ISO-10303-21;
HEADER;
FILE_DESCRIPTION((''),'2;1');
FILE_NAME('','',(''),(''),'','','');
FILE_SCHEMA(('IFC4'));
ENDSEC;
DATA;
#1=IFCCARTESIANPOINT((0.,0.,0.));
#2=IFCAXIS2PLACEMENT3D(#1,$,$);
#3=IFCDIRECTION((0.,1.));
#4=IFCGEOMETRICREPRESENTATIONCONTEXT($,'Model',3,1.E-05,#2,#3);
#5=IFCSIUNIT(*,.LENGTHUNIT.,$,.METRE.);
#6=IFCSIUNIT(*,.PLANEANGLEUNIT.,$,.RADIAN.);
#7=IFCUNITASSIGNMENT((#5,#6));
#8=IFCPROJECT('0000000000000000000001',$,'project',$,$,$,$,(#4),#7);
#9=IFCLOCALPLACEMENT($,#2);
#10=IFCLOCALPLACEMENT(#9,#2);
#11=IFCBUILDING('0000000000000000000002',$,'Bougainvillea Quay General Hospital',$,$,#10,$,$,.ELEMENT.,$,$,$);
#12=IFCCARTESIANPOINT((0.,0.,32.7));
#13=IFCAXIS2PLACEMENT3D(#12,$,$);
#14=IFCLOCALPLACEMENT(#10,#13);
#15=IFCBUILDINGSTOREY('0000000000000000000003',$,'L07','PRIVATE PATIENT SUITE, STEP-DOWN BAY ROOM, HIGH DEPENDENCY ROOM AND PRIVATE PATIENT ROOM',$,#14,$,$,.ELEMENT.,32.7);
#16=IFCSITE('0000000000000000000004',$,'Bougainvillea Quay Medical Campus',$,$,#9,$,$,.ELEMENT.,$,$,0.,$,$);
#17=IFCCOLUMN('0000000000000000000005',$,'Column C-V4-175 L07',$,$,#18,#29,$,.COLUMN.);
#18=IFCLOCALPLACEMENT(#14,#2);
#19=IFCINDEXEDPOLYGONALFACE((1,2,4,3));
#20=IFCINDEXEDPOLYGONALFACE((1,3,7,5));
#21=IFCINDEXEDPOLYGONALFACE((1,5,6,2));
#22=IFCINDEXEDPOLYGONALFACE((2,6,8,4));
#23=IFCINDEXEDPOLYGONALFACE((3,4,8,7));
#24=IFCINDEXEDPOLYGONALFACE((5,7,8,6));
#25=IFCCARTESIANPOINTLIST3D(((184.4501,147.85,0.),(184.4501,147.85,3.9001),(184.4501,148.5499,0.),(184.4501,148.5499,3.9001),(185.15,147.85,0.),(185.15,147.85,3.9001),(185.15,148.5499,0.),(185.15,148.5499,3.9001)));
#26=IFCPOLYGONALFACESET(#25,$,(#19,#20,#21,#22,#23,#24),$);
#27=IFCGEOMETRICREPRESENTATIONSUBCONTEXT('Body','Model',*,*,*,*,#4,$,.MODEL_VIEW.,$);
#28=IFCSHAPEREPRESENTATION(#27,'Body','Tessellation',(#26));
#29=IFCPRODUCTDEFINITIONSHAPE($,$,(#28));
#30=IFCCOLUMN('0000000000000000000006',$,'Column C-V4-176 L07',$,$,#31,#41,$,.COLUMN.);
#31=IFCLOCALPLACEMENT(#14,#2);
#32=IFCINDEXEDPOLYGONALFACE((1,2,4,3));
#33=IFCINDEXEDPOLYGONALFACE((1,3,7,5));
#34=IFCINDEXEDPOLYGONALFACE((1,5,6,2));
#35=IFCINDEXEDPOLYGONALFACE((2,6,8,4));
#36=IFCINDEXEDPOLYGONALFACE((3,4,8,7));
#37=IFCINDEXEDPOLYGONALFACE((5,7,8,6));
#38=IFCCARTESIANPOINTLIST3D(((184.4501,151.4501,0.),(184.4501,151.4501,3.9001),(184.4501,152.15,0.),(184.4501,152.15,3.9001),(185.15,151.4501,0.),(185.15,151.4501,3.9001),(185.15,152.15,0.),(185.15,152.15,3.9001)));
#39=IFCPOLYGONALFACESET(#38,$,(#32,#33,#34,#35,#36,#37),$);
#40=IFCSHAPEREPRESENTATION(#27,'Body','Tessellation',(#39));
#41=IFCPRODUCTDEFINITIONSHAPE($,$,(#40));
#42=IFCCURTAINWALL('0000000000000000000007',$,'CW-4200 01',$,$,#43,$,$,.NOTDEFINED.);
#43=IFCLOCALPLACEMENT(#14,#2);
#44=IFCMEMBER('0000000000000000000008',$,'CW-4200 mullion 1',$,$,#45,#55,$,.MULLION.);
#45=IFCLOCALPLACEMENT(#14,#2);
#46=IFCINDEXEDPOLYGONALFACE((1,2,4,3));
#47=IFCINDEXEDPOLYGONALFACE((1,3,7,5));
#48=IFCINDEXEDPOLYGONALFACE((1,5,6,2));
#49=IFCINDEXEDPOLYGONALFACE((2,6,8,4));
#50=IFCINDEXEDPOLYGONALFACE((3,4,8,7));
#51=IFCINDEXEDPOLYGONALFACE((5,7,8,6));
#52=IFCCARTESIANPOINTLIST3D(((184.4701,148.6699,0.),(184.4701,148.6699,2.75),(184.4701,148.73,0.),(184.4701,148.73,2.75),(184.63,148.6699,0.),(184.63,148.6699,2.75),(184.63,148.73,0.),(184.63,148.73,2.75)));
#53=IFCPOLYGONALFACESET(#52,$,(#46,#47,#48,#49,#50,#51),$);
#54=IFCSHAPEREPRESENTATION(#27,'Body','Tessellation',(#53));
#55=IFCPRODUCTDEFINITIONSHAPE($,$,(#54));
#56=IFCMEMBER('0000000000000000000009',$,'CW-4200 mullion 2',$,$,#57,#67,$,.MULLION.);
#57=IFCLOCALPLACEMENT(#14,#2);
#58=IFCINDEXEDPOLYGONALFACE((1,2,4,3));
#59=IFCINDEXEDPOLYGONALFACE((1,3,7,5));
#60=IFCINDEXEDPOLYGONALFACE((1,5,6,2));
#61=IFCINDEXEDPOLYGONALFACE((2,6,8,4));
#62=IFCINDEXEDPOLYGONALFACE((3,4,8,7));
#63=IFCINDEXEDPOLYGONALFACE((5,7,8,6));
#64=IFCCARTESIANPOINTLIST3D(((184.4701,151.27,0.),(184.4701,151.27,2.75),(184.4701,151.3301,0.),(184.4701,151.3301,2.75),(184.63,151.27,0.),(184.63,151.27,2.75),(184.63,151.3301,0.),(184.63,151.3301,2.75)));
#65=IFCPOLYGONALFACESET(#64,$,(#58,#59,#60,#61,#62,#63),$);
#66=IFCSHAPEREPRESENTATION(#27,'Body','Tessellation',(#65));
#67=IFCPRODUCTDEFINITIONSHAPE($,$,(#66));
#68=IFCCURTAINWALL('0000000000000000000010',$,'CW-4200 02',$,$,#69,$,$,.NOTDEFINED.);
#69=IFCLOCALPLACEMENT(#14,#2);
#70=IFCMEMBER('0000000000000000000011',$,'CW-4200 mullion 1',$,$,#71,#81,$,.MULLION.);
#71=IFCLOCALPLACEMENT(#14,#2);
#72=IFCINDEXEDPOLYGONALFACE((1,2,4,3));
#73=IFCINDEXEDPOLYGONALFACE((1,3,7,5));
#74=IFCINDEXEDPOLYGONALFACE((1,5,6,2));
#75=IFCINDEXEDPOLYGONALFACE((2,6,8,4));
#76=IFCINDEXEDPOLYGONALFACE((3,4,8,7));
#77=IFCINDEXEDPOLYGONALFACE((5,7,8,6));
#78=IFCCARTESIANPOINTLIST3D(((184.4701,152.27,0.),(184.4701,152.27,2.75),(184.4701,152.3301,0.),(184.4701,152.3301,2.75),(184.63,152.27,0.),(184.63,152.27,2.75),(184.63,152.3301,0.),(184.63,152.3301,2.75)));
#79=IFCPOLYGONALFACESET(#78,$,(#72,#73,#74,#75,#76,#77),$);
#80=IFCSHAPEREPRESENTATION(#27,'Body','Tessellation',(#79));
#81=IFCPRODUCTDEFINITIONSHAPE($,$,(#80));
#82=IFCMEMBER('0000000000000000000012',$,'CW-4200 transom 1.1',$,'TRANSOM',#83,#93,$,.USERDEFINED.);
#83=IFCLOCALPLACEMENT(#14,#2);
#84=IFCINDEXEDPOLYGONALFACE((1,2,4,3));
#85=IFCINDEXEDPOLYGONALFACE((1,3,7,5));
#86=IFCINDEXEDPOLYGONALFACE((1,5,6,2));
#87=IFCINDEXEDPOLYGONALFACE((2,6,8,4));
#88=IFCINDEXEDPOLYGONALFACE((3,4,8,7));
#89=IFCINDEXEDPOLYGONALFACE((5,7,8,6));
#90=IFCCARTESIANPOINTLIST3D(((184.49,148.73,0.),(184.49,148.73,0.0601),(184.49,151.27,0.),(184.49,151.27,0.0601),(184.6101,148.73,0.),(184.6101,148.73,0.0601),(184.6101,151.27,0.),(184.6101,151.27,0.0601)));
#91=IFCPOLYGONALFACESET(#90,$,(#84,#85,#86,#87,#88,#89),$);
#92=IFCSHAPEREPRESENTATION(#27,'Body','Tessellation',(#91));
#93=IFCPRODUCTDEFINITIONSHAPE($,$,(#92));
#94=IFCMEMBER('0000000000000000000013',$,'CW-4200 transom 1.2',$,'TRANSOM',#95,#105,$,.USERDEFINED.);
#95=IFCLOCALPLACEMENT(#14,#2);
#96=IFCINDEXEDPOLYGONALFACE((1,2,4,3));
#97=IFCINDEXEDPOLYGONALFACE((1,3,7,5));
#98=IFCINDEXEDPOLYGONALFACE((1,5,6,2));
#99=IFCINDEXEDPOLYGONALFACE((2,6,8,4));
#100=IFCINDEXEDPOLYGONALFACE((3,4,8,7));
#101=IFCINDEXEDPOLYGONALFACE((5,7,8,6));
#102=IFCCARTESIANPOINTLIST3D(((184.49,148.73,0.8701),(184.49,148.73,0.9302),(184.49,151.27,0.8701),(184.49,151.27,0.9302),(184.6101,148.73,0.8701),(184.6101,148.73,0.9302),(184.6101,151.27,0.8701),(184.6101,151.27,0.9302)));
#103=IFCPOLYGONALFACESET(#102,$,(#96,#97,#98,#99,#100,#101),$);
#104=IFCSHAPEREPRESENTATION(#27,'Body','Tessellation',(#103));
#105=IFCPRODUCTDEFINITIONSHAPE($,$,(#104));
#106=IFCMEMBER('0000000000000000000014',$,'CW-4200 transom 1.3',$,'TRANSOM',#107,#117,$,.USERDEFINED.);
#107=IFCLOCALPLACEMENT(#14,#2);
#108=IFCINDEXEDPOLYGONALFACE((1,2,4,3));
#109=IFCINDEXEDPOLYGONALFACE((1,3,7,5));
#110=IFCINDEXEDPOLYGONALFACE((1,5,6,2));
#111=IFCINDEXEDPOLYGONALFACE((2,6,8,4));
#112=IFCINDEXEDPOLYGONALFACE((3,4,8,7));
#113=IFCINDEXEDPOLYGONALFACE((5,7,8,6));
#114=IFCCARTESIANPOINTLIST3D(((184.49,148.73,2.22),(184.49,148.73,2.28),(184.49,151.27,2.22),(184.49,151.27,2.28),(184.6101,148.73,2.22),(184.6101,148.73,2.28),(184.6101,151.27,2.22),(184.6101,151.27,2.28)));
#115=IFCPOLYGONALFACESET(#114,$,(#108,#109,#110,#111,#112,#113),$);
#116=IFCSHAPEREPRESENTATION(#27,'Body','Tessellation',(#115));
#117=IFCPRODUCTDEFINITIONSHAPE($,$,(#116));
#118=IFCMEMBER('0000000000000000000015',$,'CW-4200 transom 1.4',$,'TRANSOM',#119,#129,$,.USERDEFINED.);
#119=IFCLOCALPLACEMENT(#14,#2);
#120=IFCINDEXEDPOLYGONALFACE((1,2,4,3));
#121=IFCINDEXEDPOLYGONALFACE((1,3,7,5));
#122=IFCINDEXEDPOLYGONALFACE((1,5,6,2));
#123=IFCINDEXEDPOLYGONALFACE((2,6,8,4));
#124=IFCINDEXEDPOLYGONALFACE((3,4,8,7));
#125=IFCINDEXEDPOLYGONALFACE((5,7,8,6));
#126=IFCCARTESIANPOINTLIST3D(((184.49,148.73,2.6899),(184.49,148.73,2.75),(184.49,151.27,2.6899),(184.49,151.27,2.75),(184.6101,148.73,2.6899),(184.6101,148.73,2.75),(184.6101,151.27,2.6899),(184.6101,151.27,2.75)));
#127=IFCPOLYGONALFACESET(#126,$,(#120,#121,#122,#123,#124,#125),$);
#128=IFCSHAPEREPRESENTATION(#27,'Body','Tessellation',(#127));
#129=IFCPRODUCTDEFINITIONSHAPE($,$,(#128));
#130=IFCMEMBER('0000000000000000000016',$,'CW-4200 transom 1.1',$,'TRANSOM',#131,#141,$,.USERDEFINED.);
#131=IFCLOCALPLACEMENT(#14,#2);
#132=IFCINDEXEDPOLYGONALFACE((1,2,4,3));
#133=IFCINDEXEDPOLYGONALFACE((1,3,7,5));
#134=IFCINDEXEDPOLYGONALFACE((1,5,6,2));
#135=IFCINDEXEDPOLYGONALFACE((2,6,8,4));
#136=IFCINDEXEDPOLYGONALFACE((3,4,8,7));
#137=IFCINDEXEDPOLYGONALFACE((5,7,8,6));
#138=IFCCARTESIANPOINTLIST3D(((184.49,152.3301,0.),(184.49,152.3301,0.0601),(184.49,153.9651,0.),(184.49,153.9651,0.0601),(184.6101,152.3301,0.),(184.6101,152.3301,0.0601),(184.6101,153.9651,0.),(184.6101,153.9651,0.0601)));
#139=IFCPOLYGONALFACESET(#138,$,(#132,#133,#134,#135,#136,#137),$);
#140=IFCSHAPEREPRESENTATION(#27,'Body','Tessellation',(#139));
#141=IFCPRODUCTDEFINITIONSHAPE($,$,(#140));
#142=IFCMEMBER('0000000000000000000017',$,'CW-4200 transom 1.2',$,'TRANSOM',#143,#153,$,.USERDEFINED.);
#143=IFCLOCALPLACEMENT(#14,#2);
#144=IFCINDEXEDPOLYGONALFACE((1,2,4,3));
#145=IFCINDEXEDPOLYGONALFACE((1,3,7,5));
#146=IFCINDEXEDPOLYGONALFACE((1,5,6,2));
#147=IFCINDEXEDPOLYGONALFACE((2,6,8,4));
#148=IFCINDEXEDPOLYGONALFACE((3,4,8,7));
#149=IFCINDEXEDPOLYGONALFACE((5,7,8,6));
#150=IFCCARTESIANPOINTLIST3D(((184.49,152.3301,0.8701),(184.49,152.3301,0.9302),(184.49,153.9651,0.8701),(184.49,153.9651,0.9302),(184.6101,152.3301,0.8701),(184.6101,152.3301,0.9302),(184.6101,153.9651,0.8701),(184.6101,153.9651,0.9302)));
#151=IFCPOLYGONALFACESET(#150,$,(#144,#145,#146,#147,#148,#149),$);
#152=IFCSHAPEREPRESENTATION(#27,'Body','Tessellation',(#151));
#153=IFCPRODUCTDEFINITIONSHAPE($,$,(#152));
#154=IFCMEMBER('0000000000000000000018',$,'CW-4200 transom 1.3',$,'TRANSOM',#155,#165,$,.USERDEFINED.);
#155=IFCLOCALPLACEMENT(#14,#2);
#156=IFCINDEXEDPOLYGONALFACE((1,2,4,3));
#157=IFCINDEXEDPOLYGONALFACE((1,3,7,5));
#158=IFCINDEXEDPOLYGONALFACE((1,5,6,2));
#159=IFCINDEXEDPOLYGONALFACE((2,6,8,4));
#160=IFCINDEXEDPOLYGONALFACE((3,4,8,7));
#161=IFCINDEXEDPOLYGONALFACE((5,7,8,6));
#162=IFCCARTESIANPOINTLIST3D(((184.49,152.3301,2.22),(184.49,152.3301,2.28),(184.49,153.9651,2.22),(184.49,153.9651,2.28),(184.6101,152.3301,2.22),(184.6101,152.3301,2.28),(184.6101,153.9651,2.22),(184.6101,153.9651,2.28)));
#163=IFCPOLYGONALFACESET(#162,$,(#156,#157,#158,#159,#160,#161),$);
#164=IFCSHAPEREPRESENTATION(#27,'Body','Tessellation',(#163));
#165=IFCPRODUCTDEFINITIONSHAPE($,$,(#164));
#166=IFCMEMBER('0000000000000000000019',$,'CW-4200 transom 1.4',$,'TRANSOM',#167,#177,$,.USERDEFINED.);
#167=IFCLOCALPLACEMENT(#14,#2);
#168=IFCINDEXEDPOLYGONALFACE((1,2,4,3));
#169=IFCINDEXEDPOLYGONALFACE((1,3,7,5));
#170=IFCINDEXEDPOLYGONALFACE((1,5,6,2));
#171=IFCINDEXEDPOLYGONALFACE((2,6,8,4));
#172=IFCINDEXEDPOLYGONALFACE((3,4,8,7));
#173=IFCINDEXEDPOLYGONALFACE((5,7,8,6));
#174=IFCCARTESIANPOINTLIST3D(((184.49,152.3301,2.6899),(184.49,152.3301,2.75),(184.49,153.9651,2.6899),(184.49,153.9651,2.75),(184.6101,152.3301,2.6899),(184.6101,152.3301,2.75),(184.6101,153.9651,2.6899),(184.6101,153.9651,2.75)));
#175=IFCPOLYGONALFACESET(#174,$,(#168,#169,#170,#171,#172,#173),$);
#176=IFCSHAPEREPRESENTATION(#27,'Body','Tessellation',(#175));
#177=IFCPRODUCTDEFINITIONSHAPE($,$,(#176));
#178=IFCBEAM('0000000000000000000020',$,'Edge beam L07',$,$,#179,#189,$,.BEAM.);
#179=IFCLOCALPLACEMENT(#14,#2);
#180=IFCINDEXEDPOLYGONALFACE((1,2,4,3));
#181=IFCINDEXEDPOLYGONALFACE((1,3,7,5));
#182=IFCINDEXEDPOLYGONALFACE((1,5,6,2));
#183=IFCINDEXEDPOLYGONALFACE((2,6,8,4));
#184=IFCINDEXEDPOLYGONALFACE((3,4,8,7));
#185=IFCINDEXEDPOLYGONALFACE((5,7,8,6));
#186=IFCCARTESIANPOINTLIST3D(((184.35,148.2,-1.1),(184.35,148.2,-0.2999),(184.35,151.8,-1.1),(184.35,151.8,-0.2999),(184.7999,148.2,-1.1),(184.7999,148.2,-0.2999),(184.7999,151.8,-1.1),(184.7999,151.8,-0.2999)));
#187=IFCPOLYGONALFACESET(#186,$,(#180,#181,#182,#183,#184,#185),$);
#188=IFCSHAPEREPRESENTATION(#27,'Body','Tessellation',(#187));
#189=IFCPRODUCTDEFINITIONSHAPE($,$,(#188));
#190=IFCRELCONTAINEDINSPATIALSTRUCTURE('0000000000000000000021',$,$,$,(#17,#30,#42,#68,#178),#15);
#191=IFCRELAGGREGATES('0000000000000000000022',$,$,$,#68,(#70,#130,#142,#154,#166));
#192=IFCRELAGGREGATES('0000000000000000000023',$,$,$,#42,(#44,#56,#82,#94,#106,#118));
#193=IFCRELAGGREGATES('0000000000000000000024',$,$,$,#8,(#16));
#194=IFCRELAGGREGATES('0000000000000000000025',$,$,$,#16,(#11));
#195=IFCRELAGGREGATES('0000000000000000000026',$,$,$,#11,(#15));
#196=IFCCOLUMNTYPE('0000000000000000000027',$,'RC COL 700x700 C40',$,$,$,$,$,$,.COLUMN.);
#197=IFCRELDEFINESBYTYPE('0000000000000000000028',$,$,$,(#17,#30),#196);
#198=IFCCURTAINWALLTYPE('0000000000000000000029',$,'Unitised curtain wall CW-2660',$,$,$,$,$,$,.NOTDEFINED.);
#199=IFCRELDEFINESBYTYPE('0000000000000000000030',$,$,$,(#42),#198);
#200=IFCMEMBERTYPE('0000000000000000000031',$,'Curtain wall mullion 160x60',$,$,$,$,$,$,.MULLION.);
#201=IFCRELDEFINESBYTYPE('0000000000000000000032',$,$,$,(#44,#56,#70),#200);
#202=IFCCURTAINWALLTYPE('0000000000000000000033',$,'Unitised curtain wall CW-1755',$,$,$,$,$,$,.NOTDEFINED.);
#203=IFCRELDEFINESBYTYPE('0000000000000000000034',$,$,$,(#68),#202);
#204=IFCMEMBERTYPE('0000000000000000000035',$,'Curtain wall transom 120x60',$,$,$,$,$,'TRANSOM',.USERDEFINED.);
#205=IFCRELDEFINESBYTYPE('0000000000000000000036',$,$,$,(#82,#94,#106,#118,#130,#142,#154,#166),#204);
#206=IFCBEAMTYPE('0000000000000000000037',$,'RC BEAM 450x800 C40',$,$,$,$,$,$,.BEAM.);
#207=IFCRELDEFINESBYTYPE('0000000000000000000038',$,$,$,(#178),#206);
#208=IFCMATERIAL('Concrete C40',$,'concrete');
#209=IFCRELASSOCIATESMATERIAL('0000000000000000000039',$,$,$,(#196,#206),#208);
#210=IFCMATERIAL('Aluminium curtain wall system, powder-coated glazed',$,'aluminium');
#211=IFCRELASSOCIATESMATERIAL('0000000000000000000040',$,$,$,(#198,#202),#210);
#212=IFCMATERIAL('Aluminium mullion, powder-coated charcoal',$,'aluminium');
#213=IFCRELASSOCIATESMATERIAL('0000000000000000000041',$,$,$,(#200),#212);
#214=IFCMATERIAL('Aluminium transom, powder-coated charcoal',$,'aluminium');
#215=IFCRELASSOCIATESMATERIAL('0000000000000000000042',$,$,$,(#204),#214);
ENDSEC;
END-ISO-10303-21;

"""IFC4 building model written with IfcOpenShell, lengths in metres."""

from ifc_helpers import new_model, si_unit, direction, frame, origin, origin_2d, place, context, subcontext, project, spatial, rectangle, extrude, material, material_profile, profile_set, type_object, element, aggregate, save


model = new_model("IFC4")

# Units and contexts
model_context = context("Model", 3, precision=1e-05, world=origin(), true_north=direction((0.0, 1.0)))
body_context = subcontext(model_context, "Body", "Model", "MODEL_VIEW")
ifc_project = project(units=[si_unit("LENGTHUNIT", "METRE"), si_unit("PLANEANGLEUNIT", "RADIAN")], contexts=[model_context])

# Site, building, storey
site_placement = place(None, origin())
site = spatial("IfcSite", under=ifc_project, at=site_placement, Name="Bougainvillea Quay Medical Campus", CompositionType="ELEMENT", RefElevation=0.0)
building_placement = place(site_placement, origin())
building = spatial("IfcBuilding", under=site, at=building_placement, Name="Bougainvillea Quay General Hospital", CompositionType="ELEMENT")
storey_placement = place(building_placement, frame((0.0, 0.0, 32.7)))
storey = spatial("IfcBuildingStorey", under=building, at=storey_placement, Name="L07", Description="PRIVATE PATIENT SUITE, STEP-DOWN BAY ROOM, HIGH DEPENDENCY ROOM AND PRIVATE PATIENT ROOM", CompositionType="ELEMENT", Elevation=32.7)

# Columns
ifc_material_1 = material(Name="Concrete C40", Category="concrete")
ifc_material_profile_1 = material_profile(ifc_material_1, rectangle(XDim=0.7, YDim=0.7, at=origin_2d()))
ifc_profile_set_1 = profile_set([ifc_material_profile_1], Name="Concrete C40")
column_type = type_object("IfcColumnType", Name="RC COL 700x700 C40", PredefinedType="COLUMN", material=ifc_profile_set_1)
for number, where, z_axis, x_axis, name in (
    (1, (184.8, 148.2, 0.0), (0.0, 0.0, 1.0), (1.0, 0.0, 0.0), "Column C-V4-175 L07"),
    (2, (184.8, 151.8, 0.0), (0.0, 0.0, 1.0), (1.0, 0.0, 0.0), "Column C-V4-176 L07"),
):
    element("IfcColumn", number, at=place(storey_placement, frame(where, z_axis=z_axis, x_axis=x_axis)), inside=storey, type_object=column_type, Name=name, PredefinedType="COLUMN", context=body_context, shape_type="SweptSolid", body=[
        extrude(rectangle(XDim=0.7, YDim=0.7, at=origin_2d()), origin(), (0.0, 0.0, 1.0), 3.9001),
    ])

# Curtain wall, members
ifc_material_2 = material(Name="Aluminium curtain wall system, powder-coated glazed", Category="aluminium")
curtain_wall_type_1 = type_object("IfcCurtainWallType", Name="Unitised curtain wall CW-2660", PredefinedType="NOTDEFINED", material=ifc_material_2)
curtain_wall_1_placement = place(storey_placement, origin())
curtain_wall_1 = element("IfcCurtainWall", 3, at=curtain_wall_1_placement, inside=storey, type_object=curtain_wall_type_1, Name="CW-4200 01", PredefinedType="NOTDEFINED")
ifc_material_3 = material(Name="Aluminium mullion, powder-coated charcoal", Category="aluminium")
ifc_material_profile_2 = material_profile(ifc_material_3, rectangle(XDim=0.1599, YDim=0.0601, at=origin_2d()))
ifc_profile_set_2 = profile_set([ifc_material_profile_2], Name="Aluminium mullion, powder-coated charcoal")
member_type_1 = type_object("IfcMemberType", Name="Curtain wall mullion 160x60", PredefinedType="MULLION", material=ifc_profile_set_2)
member_1_placement = place(storey_placement, frame((184.55, 148.7, 0.0), z_axis=(0.0, 0.0, 1.0), x_axis=(-1.0, 0.0, 0.0)))
member_1 = element("IfcMember", 4, at=member_1_placement, type_object=member_type_1, Name="CW-4200 mullion 1", PredefinedType="MULLION", context=body_context, shape_type="SweptSolid", body=[
    extrude(rectangle(XDim=0.1599, YDim=0.0601, at=origin_2d()), origin(), (0.0, 0.0, 1.0), 2.75),
])
member_2_placement = place(storey_placement, frame((184.55, 151.3, 0.0), z_axis=(0.0, 0.0, 1.0), x_axis=(-1.0, 0.0, 0.0)))
member_2 = element("IfcMember", 5, at=member_2_placement, type_object=member_type_1, Name="CW-4200 mullion 2", PredefinedType="MULLION", context=body_context, shape_type="SweptSolid", body=[
    extrude(rectangle(XDim=0.1599, YDim=0.0601, at=origin_2d()), origin(), (0.0, 0.0, 1.0), 2.75),
])

# Curtain wall, member
curtain_wall_type_2 = type_object("IfcCurtainWallType", Name="Unitised curtain wall CW-1755", PredefinedType="NOTDEFINED", material=ifc_material_2)
curtain_wall_2_placement = place(storey_placement, origin())
curtain_wall_2 = element("IfcCurtainWall", 6, at=curtain_wall_2_placement, inside=storey, type_object=curtain_wall_type_2, Name="CW-4200 02", PredefinedType="NOTDEFINED")
member_3_placement = place(storey_placement, frame((184.55, 152.3, 0.0), z_axis=(0.0, 0.0, 1.0), x_axis=(-1.0, 0.0, 0.0)))
member_3 = element("IfcMember", 7, at=member_3_placement, type_object=member_type_1, Name="CW-4200 mullion 1", PredefinedType="MULLION", context=body_context, shape_type="SweptSolid", body=[
    extrude(rectangle(XDim=0.1599, YDim=0.0601, at=origin_2d()), origin(), (0.0, 0.0, 1.0), 2.75),
])

# Members
ifc_material_4 = material(Name="Aluminium transom, powder-coated charcoal", Category="aluminium")
ifc_material_profile_3 = material_profile(ifc_material_4, rectangle(XDim=0.1201, YDim=0.0601, at=origin_2d()))
ifc_profile_set_3 = profile_set([ifc_material_profile_3], Name="Aluminium transom, powder-coated charcoal")
member_type_2 = type_object("IfcMemberType", Name="Curtain wall transom 120x60", ElementType="TRANSOM", PredefinedType="USERDEFINED", material=ifc_profile_set_3)
member_4_placement = place(storey_placement, frame((184.55, 148.73, 0.03), z_axis=(0.0, 1.0, 0.0), x_axis=(-1.0, 0.0, 0.0)))
member_4 = element("IfcMember", 8, at=member_4_placement, type_object=member_type_2, Name="CW-4200 transom 1.1", ObjectType="TRANSOM", PredefinedType="USERDEFINED", context=body_context, shape_type="SweptSolid", body=[
    extrude(rectangle(XDim=0.1201, YDim=0.0601, at=origin_2d()), origin(), (0.0, 0.0, 1.0), 2.54),
])
member_5_placement = place(storey_placement, frame((184.55, 148.73, 0.9001), z_axis=(0.0, 1.0, 0.0), x_axis=(-1.0, 0.0, 0.0)))
member_5 = element("IfcMember", 9, at=member_5_placement, type_object=member_type_2, Name="CW-4200 transom 1.2", ObjectType="TRANSOM", PredefinedType="USERDEFINED", context=body_context, shape_type="SweptSolid", body=[
    extrude(rectangle(XDim=0.1201, YDim=0.0601, at=origin_2d()), origin(), (0.0, 0.0, 1.0), 2.54),
])
member_6_placement = place(storey_placement, frame((184.55, 148.73, 2.25), z_axis=(0.0, 1.0, 0.0), x_axis=(-1.0, 0.0, 0.0)))
member_6 = element("IfcMember", 10, at=member_6_placement, type_object=member_type_2, Name="CW-4200 transom 1.3", ObjectType="TRANSOM", PredefinedType="USERDEFINED", context=body_context, shape_type="SweptSolid", body=[
    extrude(rectangle(XDim=0.1201, YDim=0.0601, at=origin_2d()), origin(), (0.0, 0.0, 1.0), 2.54),
])
member_7_placement = place(storey_placement, frame((184.55, 148.73, 2.72), z_axis=(0.0, 1.0, 0.0), x_axis=(-1.0, 0.0, 0.0)))
member_7 = element("IfcMember", 11, at=member_7_placement, type_object=member_type_2, Name="CW-4200 transom 1.4", ObjectType="TRANSOM", PredefinedType="USERDEFINED", context=body_context, shape_type="SweptSolid", body=[
    extrude(rectangle(XDim=0.1201, YDim=0.0601, at=origin_2d()), origin(), (0.0, 0.0, 1.0), 2.54),
])
member_8_placement = place(storey_placement, frame((184.55, 152.3301, 0.03), z_axis=(0.0, 1.0, 0.0), x_axis=(-1.0, 0.0, 0.0)))
member_8 = element("IfcMember", 12, at=member_8_placement, type_object=member_type_2, Name="CW-4200 transom 1.1", ObjectType="TRANSOM", PredefinedType="USERDEFINED", context=body_context, shape_type="SweptSolid", body=[
    extrude(rectangle(XDim=0.1201, YDim=0.0601, at=origin_2d()), origin(), (0.0, 0.0, 1.0), 1.635),
])
member_9_placement = place(storey_placement, frame((184.55, 152.3301, 0.9001), z_axis=(0.0, 1.0, 0.0), x_axis=(-1.0, 0.0, 0.0)))
member_9 = element("IfcMember", 13, at=member_9_placement, type_object=member_type_2, Name="CW-4200 transom 1.2", ObjectType="TRANSOM", PredefinedType="USERDEFINED", context=body_context, shape_type="SweptSolid", body=[
    extrude(rectangle(XDim=0.1201, YDim=0.0601, at=origin_2d()), origin(), (0.0, 0.0, 1.0), 1.635),
])
member_10_placement = place(storey_placement, frame((184.55, 152.3301, 2.25), z_axis=(0.0, 1.0, 0.0), x_axis=(-1.0, 0.0, 0.0)))
member_10 = element("IfcMember", 14, at=member_10_placement, type_object=member_type_2, Name="CW-4200 transom 1.3", ObjectType="TRANSOM", PredefinedType="USERDEFINED", context=body_context, shape_type="SweptSolid", body=[
    extrude(rectangle(XDim=0.1201, YDim=0.0601, at=origin_2d()), origin(), (0.0, 0.0, 1.0), 1.635),
])
member_11_placement = place(storey_placement, frame((184.55, 152.3301, 2.72), z_axis=(0.0, 1.0, 0.0), x_axis=(-1.0, 0.0, 0.0)))
member_11 = element("IfcMember", 15, at=member_11_placement, type_object=member_type_2, Name="CW-4200 transom 1.4", ObjectType="TRANSOM", PredefinedType="USERDEFINED", context=body_context, shape_type="SweptSolid", body=[
    extrude(rectangle(XDim=0.1201, YDim=0.0601, at=origin_2d()), origin(), (0.0, 0.0, 1.0), 1.635),
])
aggregate(curtain_wall_2, [member_3, member_8, member_9, member_10, member_11])

# Beam
ifc_material_profile_4 = material_profile(ifc_material_1, rectangle(XDim=0.45, YDim=0.8, at=origin_2d()))
ifc_profile_set_4 = profile_set([ifc_material_profile_4], Name="Concrete C40")
beam_type = type_object("IfcBeamType", Name="RC BEAM 450x800 C40", PredefinedType="BEAM", material=ifc_profile_set_4)
beam_1_placement = place(storey_placement, frame((184.575, 148.2, -0.7), z_axis=(0.0, 1.0, 0.0), x_axis=(-1.0, 0.0, 0.0)))
element("IfcBeam", 16, at=beam_1_placement, inside=storey, type_object=beam_type, Name="Edge beam L07", PredefinedType="BEAM", context=body_context, shape_type="SweptSolid", body=[
    extrude(rectangle(XDim=0.45, YDim=0.8, at=origin_2d()), origin(), (0.0, 0.0, 1.0), 3.6001),
])

aggregate(curtain_wall_1, [member_1, member_2, member_4, member_5, member_6, member_7])

save(model, "model.ifc")
